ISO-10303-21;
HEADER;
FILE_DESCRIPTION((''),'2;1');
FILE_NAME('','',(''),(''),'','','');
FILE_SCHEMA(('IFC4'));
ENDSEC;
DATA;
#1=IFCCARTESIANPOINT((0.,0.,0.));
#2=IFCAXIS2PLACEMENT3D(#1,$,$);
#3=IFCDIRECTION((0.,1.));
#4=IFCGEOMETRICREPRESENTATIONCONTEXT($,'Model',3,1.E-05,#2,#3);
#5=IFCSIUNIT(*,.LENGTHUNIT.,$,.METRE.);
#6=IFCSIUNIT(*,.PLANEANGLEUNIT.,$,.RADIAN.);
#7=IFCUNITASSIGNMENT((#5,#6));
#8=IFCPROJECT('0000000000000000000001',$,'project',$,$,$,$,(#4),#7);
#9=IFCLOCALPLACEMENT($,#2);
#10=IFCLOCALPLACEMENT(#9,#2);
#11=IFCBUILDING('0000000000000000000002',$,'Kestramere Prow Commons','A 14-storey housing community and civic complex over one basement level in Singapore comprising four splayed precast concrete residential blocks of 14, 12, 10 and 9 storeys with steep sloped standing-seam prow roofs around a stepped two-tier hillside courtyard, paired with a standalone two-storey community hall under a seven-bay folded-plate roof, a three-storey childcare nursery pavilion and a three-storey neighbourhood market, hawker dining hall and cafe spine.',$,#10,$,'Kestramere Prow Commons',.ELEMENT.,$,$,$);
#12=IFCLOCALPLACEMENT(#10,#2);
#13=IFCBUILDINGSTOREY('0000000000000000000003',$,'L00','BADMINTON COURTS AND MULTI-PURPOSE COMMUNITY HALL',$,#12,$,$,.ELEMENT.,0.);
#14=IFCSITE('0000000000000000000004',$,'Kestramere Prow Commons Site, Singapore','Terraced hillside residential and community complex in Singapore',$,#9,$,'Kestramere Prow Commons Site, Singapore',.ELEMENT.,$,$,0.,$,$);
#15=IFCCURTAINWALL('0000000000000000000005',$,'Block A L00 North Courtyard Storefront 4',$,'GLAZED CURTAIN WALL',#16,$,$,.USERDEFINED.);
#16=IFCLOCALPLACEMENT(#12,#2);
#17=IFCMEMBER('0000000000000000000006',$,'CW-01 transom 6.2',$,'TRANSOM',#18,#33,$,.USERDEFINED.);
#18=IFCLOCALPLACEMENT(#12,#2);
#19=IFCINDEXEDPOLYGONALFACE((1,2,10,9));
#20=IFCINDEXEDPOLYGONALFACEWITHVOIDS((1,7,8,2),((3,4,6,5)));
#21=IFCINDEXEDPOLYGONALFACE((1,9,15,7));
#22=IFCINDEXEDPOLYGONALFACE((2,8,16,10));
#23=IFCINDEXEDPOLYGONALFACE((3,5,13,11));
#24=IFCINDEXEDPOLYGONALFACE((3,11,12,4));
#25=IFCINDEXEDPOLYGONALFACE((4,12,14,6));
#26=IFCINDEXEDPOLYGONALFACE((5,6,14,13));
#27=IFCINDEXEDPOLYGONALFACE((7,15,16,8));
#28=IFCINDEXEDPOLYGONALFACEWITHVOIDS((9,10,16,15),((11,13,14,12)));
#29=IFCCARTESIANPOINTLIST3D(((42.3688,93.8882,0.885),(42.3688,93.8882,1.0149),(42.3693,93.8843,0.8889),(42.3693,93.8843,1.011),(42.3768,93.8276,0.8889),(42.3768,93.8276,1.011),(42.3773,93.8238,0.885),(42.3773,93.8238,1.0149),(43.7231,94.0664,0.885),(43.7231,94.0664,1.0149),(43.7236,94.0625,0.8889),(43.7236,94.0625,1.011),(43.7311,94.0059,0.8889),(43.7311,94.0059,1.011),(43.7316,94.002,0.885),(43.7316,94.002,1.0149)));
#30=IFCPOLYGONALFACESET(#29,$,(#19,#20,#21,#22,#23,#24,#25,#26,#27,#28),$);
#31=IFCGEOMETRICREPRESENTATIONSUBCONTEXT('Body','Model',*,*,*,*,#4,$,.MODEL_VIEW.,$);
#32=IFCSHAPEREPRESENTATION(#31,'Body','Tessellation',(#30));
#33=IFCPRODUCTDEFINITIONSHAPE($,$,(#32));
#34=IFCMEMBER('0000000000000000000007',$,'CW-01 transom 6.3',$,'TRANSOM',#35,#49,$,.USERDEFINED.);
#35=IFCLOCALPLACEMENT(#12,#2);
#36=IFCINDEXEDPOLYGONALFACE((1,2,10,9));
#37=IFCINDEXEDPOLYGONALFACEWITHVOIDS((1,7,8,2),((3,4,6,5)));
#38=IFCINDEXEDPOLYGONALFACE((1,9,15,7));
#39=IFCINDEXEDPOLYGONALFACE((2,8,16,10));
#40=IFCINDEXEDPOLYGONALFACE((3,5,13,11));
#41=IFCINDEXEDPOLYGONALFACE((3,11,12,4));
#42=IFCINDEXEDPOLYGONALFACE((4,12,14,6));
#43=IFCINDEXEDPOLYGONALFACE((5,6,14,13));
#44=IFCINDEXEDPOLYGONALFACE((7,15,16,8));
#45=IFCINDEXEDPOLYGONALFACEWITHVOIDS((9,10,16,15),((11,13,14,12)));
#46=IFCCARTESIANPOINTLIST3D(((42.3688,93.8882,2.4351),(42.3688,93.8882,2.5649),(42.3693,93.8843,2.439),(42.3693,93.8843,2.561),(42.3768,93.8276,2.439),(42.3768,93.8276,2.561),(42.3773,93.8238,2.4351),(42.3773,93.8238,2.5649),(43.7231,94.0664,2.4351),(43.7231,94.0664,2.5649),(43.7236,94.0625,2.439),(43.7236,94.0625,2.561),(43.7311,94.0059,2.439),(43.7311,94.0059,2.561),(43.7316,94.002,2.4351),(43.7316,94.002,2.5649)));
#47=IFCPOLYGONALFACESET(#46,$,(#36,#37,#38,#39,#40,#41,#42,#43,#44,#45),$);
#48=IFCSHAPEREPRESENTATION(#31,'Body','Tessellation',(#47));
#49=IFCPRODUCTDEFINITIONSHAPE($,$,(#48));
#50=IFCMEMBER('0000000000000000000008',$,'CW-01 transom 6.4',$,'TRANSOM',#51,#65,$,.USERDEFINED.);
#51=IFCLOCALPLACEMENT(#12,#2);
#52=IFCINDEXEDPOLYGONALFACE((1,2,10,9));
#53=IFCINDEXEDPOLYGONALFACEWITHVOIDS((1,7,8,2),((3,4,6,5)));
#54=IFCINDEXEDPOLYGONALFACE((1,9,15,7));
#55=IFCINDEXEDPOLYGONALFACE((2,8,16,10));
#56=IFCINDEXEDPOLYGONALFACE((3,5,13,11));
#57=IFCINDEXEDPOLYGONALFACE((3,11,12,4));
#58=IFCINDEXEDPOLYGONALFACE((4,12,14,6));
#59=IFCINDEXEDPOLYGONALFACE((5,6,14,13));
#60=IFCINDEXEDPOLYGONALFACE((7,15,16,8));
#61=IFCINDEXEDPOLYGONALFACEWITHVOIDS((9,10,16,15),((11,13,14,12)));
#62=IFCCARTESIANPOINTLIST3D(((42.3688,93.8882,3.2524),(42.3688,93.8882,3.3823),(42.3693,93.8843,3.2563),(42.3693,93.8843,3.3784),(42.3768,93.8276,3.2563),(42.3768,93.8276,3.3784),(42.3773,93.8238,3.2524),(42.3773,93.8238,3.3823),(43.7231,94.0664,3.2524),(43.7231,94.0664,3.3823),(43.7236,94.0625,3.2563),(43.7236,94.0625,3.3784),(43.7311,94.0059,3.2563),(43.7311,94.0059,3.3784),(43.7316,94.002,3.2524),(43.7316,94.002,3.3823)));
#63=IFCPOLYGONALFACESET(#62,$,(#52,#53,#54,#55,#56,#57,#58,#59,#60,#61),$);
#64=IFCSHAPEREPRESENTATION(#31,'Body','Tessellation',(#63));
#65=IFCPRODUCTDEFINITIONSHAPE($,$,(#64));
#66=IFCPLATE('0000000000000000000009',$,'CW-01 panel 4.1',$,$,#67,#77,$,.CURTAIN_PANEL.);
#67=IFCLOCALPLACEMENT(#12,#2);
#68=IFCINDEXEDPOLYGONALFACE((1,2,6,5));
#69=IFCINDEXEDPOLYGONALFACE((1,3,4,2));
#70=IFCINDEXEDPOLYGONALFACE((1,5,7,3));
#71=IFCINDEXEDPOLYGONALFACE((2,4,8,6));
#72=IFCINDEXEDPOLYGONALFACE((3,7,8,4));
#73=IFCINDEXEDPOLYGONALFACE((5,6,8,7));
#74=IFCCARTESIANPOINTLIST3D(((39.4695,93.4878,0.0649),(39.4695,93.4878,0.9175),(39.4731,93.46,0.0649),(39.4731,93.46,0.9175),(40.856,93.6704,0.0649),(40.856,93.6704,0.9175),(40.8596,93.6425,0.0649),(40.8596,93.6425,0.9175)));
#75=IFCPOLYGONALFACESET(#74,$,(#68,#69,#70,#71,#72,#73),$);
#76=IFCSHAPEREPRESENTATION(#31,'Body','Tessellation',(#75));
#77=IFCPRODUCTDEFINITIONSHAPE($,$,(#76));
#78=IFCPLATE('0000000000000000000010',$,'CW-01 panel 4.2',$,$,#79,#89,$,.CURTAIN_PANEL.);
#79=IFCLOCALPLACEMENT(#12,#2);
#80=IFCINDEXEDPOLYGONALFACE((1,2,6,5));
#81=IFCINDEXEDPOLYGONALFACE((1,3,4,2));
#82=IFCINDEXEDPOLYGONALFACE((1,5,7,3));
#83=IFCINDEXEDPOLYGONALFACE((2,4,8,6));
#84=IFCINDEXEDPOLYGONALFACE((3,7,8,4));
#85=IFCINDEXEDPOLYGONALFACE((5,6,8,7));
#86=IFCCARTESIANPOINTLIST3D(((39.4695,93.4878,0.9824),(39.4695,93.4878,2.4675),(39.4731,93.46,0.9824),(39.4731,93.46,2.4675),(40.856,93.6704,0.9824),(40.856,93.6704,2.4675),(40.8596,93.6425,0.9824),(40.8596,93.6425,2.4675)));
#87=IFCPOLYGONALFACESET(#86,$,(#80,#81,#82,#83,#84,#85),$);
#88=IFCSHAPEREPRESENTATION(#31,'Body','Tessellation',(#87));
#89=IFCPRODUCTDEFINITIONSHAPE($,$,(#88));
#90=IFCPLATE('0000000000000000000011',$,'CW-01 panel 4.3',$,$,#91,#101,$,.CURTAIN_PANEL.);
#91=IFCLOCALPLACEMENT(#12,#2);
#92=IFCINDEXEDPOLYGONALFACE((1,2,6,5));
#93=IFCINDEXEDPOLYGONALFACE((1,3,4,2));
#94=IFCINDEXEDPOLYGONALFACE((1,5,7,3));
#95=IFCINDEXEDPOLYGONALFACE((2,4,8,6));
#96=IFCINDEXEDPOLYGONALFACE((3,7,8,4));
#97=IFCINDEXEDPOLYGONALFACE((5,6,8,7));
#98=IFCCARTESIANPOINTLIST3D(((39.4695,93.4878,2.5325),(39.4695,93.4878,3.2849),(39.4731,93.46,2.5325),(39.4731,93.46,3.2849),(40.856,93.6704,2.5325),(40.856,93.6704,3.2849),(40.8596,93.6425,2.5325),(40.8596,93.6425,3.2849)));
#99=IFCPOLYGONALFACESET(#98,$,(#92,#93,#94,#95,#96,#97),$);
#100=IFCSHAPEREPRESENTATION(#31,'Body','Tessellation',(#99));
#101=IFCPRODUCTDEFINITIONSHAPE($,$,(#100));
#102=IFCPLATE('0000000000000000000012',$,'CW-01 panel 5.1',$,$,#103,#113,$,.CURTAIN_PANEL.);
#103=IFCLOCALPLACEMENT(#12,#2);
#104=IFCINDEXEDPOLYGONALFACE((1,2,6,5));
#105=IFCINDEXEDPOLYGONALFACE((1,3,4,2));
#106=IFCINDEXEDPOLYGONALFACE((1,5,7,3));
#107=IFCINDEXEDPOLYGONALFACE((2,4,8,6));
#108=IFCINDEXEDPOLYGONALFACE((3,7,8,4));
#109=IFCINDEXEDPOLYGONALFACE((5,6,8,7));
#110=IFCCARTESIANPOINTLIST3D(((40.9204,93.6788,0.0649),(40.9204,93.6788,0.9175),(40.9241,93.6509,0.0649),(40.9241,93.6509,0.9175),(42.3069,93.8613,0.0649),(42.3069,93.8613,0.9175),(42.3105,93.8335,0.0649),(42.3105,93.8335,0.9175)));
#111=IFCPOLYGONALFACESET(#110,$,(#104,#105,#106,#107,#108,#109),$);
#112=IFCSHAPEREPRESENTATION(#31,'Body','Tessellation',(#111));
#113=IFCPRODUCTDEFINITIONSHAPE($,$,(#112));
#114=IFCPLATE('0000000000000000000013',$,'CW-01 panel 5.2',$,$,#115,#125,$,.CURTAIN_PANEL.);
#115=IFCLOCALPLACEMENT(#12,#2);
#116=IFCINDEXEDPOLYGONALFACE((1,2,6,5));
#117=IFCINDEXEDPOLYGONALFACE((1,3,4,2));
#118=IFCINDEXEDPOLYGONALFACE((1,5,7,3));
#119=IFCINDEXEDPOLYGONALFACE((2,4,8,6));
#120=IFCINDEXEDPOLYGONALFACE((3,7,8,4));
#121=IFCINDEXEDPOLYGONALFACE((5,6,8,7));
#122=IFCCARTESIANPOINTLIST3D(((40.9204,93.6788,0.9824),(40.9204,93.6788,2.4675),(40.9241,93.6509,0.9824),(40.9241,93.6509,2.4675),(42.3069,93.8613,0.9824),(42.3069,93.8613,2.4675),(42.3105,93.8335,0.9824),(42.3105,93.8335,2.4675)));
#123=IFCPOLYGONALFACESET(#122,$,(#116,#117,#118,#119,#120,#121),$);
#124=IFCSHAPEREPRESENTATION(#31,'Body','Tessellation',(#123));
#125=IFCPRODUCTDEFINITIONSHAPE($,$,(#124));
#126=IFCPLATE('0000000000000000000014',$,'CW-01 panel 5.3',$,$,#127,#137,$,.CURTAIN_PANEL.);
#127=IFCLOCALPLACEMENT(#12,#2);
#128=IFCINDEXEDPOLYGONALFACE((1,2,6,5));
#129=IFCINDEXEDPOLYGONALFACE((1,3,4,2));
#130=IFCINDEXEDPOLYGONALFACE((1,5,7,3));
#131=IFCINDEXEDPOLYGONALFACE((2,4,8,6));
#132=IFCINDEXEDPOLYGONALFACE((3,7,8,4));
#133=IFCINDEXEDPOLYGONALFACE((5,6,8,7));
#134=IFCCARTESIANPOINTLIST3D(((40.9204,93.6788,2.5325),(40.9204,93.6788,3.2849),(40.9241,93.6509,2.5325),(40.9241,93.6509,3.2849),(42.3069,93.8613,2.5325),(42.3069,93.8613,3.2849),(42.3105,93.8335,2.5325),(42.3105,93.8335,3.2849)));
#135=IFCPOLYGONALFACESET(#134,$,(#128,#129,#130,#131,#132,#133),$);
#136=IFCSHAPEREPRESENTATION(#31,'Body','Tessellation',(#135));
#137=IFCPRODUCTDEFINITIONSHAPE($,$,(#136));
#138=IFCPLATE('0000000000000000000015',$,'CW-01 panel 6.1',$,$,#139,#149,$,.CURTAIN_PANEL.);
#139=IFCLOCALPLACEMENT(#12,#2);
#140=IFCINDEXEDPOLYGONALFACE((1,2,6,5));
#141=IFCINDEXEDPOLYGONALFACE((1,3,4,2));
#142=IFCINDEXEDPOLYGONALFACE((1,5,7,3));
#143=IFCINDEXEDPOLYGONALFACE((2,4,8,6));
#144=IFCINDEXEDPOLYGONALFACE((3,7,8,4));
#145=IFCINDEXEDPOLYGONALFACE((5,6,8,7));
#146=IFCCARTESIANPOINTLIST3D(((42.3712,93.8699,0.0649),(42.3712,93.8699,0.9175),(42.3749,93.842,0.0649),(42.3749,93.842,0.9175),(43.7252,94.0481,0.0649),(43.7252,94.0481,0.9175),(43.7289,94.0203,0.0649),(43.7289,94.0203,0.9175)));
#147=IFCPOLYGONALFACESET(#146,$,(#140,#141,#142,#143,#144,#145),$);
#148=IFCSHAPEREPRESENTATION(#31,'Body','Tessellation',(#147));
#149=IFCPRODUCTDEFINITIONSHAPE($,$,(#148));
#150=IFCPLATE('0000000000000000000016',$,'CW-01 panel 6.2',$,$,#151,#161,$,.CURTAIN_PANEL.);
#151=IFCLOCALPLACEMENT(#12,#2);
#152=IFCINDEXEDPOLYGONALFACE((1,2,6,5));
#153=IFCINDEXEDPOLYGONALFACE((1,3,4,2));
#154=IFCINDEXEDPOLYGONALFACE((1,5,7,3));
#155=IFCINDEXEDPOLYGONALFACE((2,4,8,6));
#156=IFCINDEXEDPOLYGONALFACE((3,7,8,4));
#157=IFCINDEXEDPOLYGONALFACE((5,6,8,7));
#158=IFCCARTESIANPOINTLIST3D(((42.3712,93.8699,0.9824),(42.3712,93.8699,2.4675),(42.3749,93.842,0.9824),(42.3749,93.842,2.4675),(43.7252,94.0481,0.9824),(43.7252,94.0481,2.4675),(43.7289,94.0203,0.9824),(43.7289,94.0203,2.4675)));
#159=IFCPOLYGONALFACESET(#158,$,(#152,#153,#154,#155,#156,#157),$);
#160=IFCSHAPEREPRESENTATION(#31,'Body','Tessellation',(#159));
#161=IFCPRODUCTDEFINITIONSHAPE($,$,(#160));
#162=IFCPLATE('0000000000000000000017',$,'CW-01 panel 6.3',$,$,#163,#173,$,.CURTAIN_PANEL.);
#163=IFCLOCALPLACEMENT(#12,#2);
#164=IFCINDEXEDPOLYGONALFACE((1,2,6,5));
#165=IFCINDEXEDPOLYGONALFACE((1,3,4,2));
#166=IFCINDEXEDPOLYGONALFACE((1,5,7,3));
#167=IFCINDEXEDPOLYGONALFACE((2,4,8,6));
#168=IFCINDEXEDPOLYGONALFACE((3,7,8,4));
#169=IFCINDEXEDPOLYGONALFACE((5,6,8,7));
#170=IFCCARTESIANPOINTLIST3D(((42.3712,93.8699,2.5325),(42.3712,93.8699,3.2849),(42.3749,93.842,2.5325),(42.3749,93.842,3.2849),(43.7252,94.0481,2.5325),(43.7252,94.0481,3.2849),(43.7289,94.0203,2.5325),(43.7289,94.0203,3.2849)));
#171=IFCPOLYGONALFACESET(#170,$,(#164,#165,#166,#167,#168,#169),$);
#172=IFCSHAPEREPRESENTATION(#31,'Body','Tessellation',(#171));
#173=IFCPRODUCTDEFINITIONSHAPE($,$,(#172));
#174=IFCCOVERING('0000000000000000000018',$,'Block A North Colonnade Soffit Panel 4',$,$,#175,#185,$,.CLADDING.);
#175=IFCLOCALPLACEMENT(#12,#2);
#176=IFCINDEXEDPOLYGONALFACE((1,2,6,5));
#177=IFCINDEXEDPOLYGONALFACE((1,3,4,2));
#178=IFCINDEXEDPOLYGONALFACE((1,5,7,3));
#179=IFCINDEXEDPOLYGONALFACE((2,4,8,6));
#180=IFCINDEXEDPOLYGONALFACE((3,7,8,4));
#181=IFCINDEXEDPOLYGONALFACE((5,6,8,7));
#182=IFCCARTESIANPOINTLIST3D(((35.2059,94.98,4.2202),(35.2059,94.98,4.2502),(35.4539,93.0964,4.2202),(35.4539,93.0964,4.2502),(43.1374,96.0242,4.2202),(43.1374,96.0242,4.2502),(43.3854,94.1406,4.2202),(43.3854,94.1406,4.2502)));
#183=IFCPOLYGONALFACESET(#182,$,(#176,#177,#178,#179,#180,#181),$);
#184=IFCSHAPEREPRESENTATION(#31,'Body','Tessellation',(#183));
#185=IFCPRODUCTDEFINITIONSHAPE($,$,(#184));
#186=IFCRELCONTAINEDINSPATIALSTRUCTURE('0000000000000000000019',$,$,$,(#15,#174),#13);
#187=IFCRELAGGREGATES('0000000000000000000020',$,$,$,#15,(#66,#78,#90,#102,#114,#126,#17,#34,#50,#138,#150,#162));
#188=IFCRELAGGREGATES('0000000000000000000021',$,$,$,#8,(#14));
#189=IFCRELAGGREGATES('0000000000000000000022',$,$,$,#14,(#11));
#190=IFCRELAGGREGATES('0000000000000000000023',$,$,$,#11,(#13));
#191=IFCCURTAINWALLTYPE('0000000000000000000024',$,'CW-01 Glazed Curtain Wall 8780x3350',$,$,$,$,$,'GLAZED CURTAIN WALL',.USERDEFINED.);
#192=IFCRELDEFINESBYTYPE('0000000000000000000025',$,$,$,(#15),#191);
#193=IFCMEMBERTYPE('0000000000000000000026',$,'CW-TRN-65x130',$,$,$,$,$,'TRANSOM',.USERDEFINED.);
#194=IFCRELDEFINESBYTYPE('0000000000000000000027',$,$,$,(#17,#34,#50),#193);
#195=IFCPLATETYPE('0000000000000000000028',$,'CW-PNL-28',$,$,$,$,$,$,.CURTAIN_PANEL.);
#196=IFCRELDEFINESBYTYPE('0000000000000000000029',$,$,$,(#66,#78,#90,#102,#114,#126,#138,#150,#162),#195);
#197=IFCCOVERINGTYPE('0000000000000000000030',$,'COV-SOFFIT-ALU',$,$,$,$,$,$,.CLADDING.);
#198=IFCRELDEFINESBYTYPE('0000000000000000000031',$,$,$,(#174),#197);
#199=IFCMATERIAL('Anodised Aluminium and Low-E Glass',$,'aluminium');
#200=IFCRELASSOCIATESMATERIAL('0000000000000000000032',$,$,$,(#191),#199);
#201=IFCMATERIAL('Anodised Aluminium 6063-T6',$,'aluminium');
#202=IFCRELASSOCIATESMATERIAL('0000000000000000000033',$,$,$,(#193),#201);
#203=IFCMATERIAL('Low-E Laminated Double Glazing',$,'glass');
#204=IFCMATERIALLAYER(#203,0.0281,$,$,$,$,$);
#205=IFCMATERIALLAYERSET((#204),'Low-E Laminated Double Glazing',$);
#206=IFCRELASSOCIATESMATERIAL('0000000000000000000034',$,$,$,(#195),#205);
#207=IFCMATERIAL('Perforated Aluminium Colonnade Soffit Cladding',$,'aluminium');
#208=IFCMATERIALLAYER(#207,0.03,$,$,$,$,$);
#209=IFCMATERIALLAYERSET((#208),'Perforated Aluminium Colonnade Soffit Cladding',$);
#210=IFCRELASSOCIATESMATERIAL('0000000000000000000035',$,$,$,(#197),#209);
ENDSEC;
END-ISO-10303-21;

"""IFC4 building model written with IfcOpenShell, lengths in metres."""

from ifc_helpers import new_model, si_unit, direction, frame, origin, origin_2d, place, context, subcontext, project, spatial, rectangle, hollow_rectangle, extrude, material, layer, layer_set, material_profile, profile_set, type_object, element, aggregate, save


model = new_model("IFC4")

# Units and contexts
model_context = context("Model", 3, precision=1e-05, world=origin(), true_north=direction((0.0, 1.0)))
body_context = subcontext(model_context, "Body", "Model", "MODEL_VIEW")
ifc_project = project(units=[si_unit("LENGTHUNIT", "METRE"), si_unit("PLANEANGLEUNIT", "RADIAN")], contexts=[model_context])

# Site, building, storey
site_placement = place(None, origin())
site = spatial("IfcSite", under=ifc_project, at=site_placement, Name="Kestramere Prow Commons Site, Singapore", Description="Terraced hillside residential and community complex in Singapore", LongName="Kestramere Prow Commons Site, Singapore", CompositionType="ELEMENT", RefElevation=0.0)
building_placement = place(site_placement, origin())
building = spatial("IfcBuilding", under=site, at=building_placement, Name="Kestramere Prow Commons", Description="A 14-storey housing community and civic complex over one basement level in Singapore comprising four splayed precast concrete residential blocks of 14, 12, 10 and 9 storeys with steep sloped standing-seam prow roofs around a stepped two-tier hillside courtyard, paired with a standalone two-storey community hall under a seven-bay folded-plate roof, a three-storey childcare nursery pavilion and a three-storey neighbourhood market, hawker dining hall and cafe spine.", LongName="Kestramere Prow Commons", CompositionType="ELEMENT")
storey_placement = place(building_placement, origin())
storey = spatial("IfcBuildingStorey", under=building, at=storey_placement, Name="L00", Description="BADMINTON COURTS AND MULTI-PURPOSE COMMUNITY HALL", CompositionType="ELEMENT", Elevation=0.0)

# Curtain wall, members, plates
ifc_material_1 = material(Name="Anodised Aluminium and Low-E Glass", Category="aluminium")
curtain_wall_type = type_object("IfcCurtainWallType", Name="CW-01 Glazed Curtain Wall 8780x3350", ElementType="GLAZED CURTAIN WALL", PredefinedType="USERDEFINED", material=ifc_material_1)
curtain_wall_placement = place(storey_placement, origin())
curtain_wall = element("IfcCurtainWall", 1, at=curtain_wall_placement, inside=storey, type_object=curtain_wall_type, Name="Block A L00 North Courtyard Storefront 4", ObjectType="GLAZED CURTAIN WALL", PredefinedType="USERDEFINED")
ifc_material_2 = material(Name="Anodised Aluminium 6063-T6", Category="aluminium")
ifc_material_profile_1 = material_profile(ifc_material_2, hollow_rectangle(XDim=0.0649, YDim=0.1299, WallThickness=0.0039, at=origin_2d()), Name="ALU-TRN 65x130")
ifc_profile_set_1 = profile_set([ifc_material_profile_1], Name="Anodised Aluminium 6063-T6")
member_type_1 = type_object("IfcMemberType", Name="CW-TRN-65x130", ElementType="TRANSOM", PredefinedType="USERDEFINED", material=ifc_profile_set_1)
member_1_placement = place(storey_placement, frame((42.373, 93.856, 0.95), z_axis=(0.991451, 0.130478, 0.0), x_axis=(-0.130478, 0.991451, 0.0)))
member_1 = element("IfcMember", 2, at=member_1_placement, type_object=member_type_1, Name="CW-01 transom 6.2", ObjectType="TRANSOM", PredefinedType="USERDEFINED", context=body_context, shape_type="SweptSolid", body=[
    extrude(hollow_rectangle(XDim=0.0649, YDim=0.1299, WallThickness=0.0039, at=origin_2d()), origin(), (0.0, 0.0, 1.0), 1.366),
])
member_2_placement = place(storey_placement, frame((42.373, 93.856, 2.5), z_axis=(0.991451, 0.130478, 0.0), x_axis=(-0.130478, 0.991451, 0.0)))
member_2 = element("IfcMember", 3, at=member_2_placement, type_object=member_type_1, Name="CW-01 transom 6.3", ObjectType="TRANSOM", PredefinedType="USERDEFINED", context=body_context, shape_type="SweptSolid", body=[
    extrude(hollow_rectangle(XDim=0.0649, YDim=0.1299, WallThickness=0.0039, at=origin_2d()), origin(), (0.0, 0.0, 1.0), 1.366),
])
member_3_placement = place(storey_placement, frame((42.373, 93.856, 3.3174), z_axis=(0.991451, 0.130478, 0.0), x_axis=(-0.130478, 0.991451, 0.0)))
member_3 = element("IfcMember", 4, at=member_3_placement, type_object=member_type_1, Name="CW-01 transom 6.4", ObjectType="TRANSOM", PredefinedType="USERDEFINED", context=body_context, shape_type="SweptSolid", body=[
    extrude(hollow_rectangle(XDim=0.0649, YDim=0.1299, WallThickness=0.0039, at=origin_2d()), origin(), (0.0, 0.0, 1.0), 1.366),
])
ifc_material_3 = material(Name="Low-E Laminated Double Glazing", Category="glass")
ifc_layer_1 = layer(ifc_material_3, 0.0281)
ifc_layer_set_1 = layer_set([ifc_layer_1], Name="Low-E Laminated Double Glazing")
plate_type = type_object("IfcPlateType", Name="CW-PNL-28", PredefinedType="CURTAIN_PANEL", material=ifc_layer_set_1)
plate_1_placement = place(storey_placement, frame((40.1646, 93.5652, 0.0649), z_axis=(0.0, 0.0, 1.0), x_axis=(0.991445, 0.130526, 0.0)))
plate_1 = element("IfcPlate", 5, at=plate_1_placement, type_object=plate_type, Name="CW-01 panel 4.1", PredefinedType="CURTAIN_PANEL", context=body_context, shape_type="SweptSolid", body=[
    extrude(rectangle(XDim=1.3984, YDim=0.0281, at=origin_2d()), origin(), (0.0, 0.0, 1.0), 0.8525),
])
plate_2_placement = place(storey_placement, frame((40.1646, 93.5652, 0.9824), z_axis=(0.0, 0.0, 1.0), x_axis=(0.991445, 0.130526, 0.0)))
plate_2 = element("IfcPlate", 6, at=plate_2_placement, type_object=plate_type, Name="CW-01 panel 4.2", PredefinedType="CURTAIN_PANEL", context=body_context, shape_type="SweptSolid", body=[
    extrude(rectangle(XDim=1.3984, YDim=0.0281, at=origin_2d()), origin(), (0.0, 0.0, 1.0), 1.4851),
])
plate_3_placement = place(storey_placement, frame((40.1646, 93.5652, 2.5325), z_axis=(0.0, 0.0, 1.0), x_axis=(0.991445, 0.130526, 0.0)))
plate_3 = element("IfcPlate", 7, at=plate_3_placement, type_object=plate_type, Name="CW-01 panel 4.3", PredefinedType="CURTAIN_PANEL", context=body_context, shape_type="SweptSolid", body=[
    extrude(rectangle(XDim=1.3984, YDim=0.0281, at=origin_2d()), origin(), (0.0, 0.0, 1.0), 0.7524),
])
plate_4_placement = place(storey_placement, frame((41.6155, 93.7561, 0.0649), z_axis=(0.0, 0.0, 1.0), x_axis=(0.991445, 0.130526, 0.0)))
plate_4 = element("IfcPlate", 8, at=plate_4_placement, type_object=plate_type, Name="CW-01 panel 5.1", PredefinedType="CURTAIN_PANEL", context=body_context, shape_type="SweptSolid", body=[
    extrude(rectangle(XDim=1.3984, YDim=0.0281, at=origin_2d()), origin(), (0.0, 0.0, 1.0), 0.8525),
])
plate_5_placement = place(storey_placement, frame((41.6155, 93.7561, 0.9824), z_axis=(0.0, 0.0, 1.0), x_axis=(0.991445, 0.130526, 0.0)))
plate_5 = element("IfcPlate", 9, at=plate_5_placement, type_object=plate_type, Name="CW-01 panel 5.2", PredefinedType="CURTAIN_PANEL", context=body_context, shape_type="SweptSolid", body=[
    extrude(rectangle(XDim=1.3984, YDim=0.0281, at=origin_2d()), origin(), (0.0, 0.0, 1.0), 1.4851),
])
plate_6_placement = place(storey_placement, frame((41.6155, 93.7561, 2.5325), z_axis=(0.0, 0.0, 1.0), x_axis=(0.991445, 0.130526, 0.0)))
plate_6 = element("IfcPlate", 10, at=plate_6_placement, type_object=plate_type, Name="CW-01 panel 5.3", PredefinedType="CURTAIN_PANEL", context=body_context, shape_type="SweptSolid", body=[
    extrude(rectangle(XDim=1.3984, YDim=0.0281, at=origin_2d()), origin(), (0.0, 0.0, 1.0), 0.7524),
])
plate_7_placement = place(storey_placement, frame((43.05, 93.9451, 0.0649), z_axis=(0.0, 0.0, 1.0), x_axis=(0.991445, 0.130526, 0.0)))
plate_7 = element("IfcPlate", 11, at=plate_7_placement, type_object=plate_type, Name="CW-01 panel 6.1", PredefinedType="CURTAIN_PANEL", context=body_context, shape_type="SweptSolid", body=[
    extrude(rectangle(XDim=1.3657, YDim=0.0281, at=origin_2d()), origin(), (0.0, 0.0, 1.0), 0.8525),
])
plate_8_placement = place(storey_placement, frame((43.05, 93.9451, 0.9824), z_axis=(0.0, 0.0, 1.0), x_axis=(0.991445, 0.130526, 0.0)))
plate_8 = element("IfcPlate", 12, at=plate_8_placement, type_object=plate_type, Name="CW-01 panel 6.2", PredefinedType="CURTAIN_PANEL", context=body_context, shape_type="SweptSolid", body=[
    extrude(rectangle(XDim=1.3657, YDim=0.0281, at=origin_2d()), origin(), (0.0, 0.0, 1.0), 1.4851),
])
plate_9_placement = place(storey_placement, frame((43.05, 93.9451, 2.5325), z_axis=(0.0, 0.0, 1.0), x_axis=(0.991445, 0.130526, 0.0)))
plate_9 = element("IfcPlate", 13, at=plate_9_placement, type_object=plate_type, Name="CW-01 panel 6.3", PredefinedType="CURTAIN_PANEL", context=body_context, shape_type="SweptSolid", body=[
    extrude(rectangle(XDim=1.3657, YDim=0.0281, at=origin_2d()), origin(), (0.0, 0.0, 1.0), 0.7524),
])
aggregate(curtain_wall, [plate_1, plate_2, plate_3, plate_4, plate_5, plate_6, member_1, member_2, member_3, plate_7, plate_8, plate_9])

# Covering
ifc_material_4 = material(Name="Perforated Aluminium Colonnade Soffit Cladding", Category="aluminium")
ifc_layer_2 = layer(ifc_material_4, 0.03)
ifc_layer_set_2 = layer_set([ifc_layer_2], Name="Perforated Aluminium Colonnade Soffit Cladding")
covering_type = type_object("IfcCoveringType", Name="COV-SOFFIT-ALU", PredefinedType="CLADDING", material=ifc_layer_set_2)
covering_placement = place(storey_placement, frame((39.2957, 94.5603, 4.2202), z_axis=(0.0, 0.0, 1.0), x_axis=(0.991445, 0.130526, 0.0)))
element("IfcCovering", 14, at=covering_placement, inside=storey, type_object=covering_type, Name="Block A North Colonnade Soffit Panel 4", PredefinedType="CLADDING", context=body_context, shape_type="SweptSolid", body=[
    extrude(rectangle(XDim=8.0, YDim=1.8999, at=origin_2d()), origin(), (0.0, 0.0, 1.0), 0.03),
])

save(model, "model.ifc")
